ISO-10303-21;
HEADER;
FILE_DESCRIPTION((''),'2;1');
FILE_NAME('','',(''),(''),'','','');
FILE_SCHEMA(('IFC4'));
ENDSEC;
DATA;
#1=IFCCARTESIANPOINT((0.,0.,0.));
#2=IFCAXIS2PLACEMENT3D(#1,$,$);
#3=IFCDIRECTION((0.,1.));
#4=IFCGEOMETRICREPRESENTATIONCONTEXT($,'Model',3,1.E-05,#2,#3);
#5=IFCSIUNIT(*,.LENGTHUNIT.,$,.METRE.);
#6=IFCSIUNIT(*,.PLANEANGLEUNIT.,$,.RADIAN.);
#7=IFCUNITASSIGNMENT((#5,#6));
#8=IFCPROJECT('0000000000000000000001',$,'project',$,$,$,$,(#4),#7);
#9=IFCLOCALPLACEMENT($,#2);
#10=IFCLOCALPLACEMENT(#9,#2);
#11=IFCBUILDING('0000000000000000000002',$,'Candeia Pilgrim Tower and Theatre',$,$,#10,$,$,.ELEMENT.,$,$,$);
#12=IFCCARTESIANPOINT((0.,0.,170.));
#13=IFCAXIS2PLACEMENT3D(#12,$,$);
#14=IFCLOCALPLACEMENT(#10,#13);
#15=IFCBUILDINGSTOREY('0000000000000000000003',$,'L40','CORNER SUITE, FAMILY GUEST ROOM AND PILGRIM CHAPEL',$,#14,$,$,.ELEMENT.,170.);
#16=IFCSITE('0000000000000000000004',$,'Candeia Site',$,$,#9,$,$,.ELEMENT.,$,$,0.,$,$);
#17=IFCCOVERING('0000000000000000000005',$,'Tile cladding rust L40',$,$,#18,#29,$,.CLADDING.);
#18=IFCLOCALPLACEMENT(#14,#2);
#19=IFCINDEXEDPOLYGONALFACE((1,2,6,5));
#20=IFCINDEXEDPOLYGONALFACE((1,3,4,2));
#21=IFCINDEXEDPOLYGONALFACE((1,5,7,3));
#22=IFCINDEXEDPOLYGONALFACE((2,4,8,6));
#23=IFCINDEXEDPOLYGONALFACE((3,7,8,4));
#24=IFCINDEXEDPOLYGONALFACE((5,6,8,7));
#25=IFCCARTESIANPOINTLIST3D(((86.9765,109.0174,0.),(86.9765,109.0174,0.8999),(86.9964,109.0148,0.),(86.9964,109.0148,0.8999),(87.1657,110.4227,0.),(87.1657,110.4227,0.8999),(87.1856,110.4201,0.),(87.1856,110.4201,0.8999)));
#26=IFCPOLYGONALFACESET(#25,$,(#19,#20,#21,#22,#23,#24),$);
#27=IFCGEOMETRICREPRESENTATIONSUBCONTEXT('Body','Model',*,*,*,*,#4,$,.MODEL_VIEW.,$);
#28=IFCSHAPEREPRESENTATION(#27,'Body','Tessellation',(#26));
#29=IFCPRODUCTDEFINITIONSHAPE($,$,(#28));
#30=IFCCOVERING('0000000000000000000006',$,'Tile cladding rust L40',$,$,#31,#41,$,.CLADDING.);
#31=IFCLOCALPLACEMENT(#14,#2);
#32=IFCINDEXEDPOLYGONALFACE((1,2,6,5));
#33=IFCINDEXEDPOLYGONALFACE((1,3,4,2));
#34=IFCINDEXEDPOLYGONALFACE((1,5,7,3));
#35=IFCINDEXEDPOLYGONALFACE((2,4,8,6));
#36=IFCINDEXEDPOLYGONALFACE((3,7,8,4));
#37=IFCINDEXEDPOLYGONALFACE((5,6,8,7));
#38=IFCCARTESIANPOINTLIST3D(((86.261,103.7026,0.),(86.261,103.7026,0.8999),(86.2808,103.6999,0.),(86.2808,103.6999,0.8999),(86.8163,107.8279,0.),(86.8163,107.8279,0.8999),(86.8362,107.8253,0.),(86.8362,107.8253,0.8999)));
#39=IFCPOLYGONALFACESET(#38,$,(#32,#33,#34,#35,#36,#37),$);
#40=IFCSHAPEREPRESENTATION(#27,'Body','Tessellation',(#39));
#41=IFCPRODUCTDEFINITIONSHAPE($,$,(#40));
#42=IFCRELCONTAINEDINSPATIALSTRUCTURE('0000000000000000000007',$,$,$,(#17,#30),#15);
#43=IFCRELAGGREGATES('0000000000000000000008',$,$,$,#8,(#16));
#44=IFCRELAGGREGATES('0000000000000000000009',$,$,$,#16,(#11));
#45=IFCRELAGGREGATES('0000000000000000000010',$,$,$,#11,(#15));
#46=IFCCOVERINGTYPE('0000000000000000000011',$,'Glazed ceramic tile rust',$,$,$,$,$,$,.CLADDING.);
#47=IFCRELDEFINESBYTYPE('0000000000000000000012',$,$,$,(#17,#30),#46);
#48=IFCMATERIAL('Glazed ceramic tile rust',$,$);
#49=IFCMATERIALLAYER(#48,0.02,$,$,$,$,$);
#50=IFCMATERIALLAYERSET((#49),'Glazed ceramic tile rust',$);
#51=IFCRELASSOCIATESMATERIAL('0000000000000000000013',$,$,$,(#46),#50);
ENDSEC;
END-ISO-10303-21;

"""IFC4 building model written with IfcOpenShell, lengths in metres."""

from ifc_helpers import new_model, si_unit, direction, frame, origin, origin_2d, place, context, subcontext, project, spatial, rectangle, extrude, material, layer, layer_set, type_object, element, save


model = new_model("IFC4")

# Units and contexts
model_context = context("Model", 3, precision=1e-05, world=origin(), true_north=direction((0.0, 1.0)))
body_context = subcontext(model_context, "Body", "Model", "MODEL_VIEW")
ifc_project = project(units=[si_unit("LENGTHUNIT", "METRE"), si_unit("PLANEANGLEUNIT", "RADIAN")], contexts=[model_context])

# Site, building, storey
site_placement = place(None, origin())
site = spatial("IfcSite", under=ifc_project, at=site_placement, Name="Candeia Site", CompositionType="ELEMENT", RefElevation=0.0)
building_placement = place(site_placement, origin())
building = spatial("IfcBuilding", under=site, at=building_placement, Name="Candeia Pilgrim Tower and Theatre", CompositionType="ELEMENT")
storey_placement = place(building_placement, frame((0.0, 0.0, 170.0)))
storey = spatial("IfcBuildingStorey", under=building, at=storey_placement, Name="L40", Description="CORNER SUITE, FAMILY GUEST ROOM AND PILGRIM CHAPEL", CompositionType="ELEMENT", Elevation=170.0)

# Coverings
ifc_material_1 = material(Name="Glazed ceramic tile rust")
ifc_layer_1 = layer(ifc_material_1, 0.02)
ifc_layer_set_1 = layer_set([ifc_layer_1], Name="Glazed ceramic tile rust")
covering_type = type_object("IfcCoveringType", Name="Glazed ceramic tile rust", PredefinedType="CLADDING", material=ifc_layer_set_1)
covering_1_placement = place(storey_placement, frame((87.0811, 109.7188, 0.0), z_axis=(0.0, 0.0, 1.0), x_axis=(-0.133412, -0.991061, 0.0)))
element("IfcCovering", 1, at=covering_1_placement, inside=storey, type_object=covering_type, Name="Tile cladding rust L40", PredefinedType="CLADDING", context=body_context, shape_type="SweptSolid", body=[
    extrude(rectangle(XDim=1.418, YDim=0.02, at=origin_2d()), origin(), (0.0, 0.0, 1.0), 0.8999),
])
covering_2_placement = place(storey_placement, frame((86.5486, 105.7639, 0.0), z_axis=(0.0, 0.0, 1.0), x_axis=(-0.133412, -0.991061, 0.0)))
element("IfcCovering", 2, at=covering_2_placement, inside=storey, type_object=covering_type, Name="Tile cladding rust L40", PredefinedType="CLADDING", context=body_context, shape_type="SweptSolid", body=[
    extrude(rectangle(XDim=4.1626, YDim=0.02, at=origin_2d()), origin(), (0.0, 0.0, 1.0), 0.8999),
])

save(model, "model.ifc")
